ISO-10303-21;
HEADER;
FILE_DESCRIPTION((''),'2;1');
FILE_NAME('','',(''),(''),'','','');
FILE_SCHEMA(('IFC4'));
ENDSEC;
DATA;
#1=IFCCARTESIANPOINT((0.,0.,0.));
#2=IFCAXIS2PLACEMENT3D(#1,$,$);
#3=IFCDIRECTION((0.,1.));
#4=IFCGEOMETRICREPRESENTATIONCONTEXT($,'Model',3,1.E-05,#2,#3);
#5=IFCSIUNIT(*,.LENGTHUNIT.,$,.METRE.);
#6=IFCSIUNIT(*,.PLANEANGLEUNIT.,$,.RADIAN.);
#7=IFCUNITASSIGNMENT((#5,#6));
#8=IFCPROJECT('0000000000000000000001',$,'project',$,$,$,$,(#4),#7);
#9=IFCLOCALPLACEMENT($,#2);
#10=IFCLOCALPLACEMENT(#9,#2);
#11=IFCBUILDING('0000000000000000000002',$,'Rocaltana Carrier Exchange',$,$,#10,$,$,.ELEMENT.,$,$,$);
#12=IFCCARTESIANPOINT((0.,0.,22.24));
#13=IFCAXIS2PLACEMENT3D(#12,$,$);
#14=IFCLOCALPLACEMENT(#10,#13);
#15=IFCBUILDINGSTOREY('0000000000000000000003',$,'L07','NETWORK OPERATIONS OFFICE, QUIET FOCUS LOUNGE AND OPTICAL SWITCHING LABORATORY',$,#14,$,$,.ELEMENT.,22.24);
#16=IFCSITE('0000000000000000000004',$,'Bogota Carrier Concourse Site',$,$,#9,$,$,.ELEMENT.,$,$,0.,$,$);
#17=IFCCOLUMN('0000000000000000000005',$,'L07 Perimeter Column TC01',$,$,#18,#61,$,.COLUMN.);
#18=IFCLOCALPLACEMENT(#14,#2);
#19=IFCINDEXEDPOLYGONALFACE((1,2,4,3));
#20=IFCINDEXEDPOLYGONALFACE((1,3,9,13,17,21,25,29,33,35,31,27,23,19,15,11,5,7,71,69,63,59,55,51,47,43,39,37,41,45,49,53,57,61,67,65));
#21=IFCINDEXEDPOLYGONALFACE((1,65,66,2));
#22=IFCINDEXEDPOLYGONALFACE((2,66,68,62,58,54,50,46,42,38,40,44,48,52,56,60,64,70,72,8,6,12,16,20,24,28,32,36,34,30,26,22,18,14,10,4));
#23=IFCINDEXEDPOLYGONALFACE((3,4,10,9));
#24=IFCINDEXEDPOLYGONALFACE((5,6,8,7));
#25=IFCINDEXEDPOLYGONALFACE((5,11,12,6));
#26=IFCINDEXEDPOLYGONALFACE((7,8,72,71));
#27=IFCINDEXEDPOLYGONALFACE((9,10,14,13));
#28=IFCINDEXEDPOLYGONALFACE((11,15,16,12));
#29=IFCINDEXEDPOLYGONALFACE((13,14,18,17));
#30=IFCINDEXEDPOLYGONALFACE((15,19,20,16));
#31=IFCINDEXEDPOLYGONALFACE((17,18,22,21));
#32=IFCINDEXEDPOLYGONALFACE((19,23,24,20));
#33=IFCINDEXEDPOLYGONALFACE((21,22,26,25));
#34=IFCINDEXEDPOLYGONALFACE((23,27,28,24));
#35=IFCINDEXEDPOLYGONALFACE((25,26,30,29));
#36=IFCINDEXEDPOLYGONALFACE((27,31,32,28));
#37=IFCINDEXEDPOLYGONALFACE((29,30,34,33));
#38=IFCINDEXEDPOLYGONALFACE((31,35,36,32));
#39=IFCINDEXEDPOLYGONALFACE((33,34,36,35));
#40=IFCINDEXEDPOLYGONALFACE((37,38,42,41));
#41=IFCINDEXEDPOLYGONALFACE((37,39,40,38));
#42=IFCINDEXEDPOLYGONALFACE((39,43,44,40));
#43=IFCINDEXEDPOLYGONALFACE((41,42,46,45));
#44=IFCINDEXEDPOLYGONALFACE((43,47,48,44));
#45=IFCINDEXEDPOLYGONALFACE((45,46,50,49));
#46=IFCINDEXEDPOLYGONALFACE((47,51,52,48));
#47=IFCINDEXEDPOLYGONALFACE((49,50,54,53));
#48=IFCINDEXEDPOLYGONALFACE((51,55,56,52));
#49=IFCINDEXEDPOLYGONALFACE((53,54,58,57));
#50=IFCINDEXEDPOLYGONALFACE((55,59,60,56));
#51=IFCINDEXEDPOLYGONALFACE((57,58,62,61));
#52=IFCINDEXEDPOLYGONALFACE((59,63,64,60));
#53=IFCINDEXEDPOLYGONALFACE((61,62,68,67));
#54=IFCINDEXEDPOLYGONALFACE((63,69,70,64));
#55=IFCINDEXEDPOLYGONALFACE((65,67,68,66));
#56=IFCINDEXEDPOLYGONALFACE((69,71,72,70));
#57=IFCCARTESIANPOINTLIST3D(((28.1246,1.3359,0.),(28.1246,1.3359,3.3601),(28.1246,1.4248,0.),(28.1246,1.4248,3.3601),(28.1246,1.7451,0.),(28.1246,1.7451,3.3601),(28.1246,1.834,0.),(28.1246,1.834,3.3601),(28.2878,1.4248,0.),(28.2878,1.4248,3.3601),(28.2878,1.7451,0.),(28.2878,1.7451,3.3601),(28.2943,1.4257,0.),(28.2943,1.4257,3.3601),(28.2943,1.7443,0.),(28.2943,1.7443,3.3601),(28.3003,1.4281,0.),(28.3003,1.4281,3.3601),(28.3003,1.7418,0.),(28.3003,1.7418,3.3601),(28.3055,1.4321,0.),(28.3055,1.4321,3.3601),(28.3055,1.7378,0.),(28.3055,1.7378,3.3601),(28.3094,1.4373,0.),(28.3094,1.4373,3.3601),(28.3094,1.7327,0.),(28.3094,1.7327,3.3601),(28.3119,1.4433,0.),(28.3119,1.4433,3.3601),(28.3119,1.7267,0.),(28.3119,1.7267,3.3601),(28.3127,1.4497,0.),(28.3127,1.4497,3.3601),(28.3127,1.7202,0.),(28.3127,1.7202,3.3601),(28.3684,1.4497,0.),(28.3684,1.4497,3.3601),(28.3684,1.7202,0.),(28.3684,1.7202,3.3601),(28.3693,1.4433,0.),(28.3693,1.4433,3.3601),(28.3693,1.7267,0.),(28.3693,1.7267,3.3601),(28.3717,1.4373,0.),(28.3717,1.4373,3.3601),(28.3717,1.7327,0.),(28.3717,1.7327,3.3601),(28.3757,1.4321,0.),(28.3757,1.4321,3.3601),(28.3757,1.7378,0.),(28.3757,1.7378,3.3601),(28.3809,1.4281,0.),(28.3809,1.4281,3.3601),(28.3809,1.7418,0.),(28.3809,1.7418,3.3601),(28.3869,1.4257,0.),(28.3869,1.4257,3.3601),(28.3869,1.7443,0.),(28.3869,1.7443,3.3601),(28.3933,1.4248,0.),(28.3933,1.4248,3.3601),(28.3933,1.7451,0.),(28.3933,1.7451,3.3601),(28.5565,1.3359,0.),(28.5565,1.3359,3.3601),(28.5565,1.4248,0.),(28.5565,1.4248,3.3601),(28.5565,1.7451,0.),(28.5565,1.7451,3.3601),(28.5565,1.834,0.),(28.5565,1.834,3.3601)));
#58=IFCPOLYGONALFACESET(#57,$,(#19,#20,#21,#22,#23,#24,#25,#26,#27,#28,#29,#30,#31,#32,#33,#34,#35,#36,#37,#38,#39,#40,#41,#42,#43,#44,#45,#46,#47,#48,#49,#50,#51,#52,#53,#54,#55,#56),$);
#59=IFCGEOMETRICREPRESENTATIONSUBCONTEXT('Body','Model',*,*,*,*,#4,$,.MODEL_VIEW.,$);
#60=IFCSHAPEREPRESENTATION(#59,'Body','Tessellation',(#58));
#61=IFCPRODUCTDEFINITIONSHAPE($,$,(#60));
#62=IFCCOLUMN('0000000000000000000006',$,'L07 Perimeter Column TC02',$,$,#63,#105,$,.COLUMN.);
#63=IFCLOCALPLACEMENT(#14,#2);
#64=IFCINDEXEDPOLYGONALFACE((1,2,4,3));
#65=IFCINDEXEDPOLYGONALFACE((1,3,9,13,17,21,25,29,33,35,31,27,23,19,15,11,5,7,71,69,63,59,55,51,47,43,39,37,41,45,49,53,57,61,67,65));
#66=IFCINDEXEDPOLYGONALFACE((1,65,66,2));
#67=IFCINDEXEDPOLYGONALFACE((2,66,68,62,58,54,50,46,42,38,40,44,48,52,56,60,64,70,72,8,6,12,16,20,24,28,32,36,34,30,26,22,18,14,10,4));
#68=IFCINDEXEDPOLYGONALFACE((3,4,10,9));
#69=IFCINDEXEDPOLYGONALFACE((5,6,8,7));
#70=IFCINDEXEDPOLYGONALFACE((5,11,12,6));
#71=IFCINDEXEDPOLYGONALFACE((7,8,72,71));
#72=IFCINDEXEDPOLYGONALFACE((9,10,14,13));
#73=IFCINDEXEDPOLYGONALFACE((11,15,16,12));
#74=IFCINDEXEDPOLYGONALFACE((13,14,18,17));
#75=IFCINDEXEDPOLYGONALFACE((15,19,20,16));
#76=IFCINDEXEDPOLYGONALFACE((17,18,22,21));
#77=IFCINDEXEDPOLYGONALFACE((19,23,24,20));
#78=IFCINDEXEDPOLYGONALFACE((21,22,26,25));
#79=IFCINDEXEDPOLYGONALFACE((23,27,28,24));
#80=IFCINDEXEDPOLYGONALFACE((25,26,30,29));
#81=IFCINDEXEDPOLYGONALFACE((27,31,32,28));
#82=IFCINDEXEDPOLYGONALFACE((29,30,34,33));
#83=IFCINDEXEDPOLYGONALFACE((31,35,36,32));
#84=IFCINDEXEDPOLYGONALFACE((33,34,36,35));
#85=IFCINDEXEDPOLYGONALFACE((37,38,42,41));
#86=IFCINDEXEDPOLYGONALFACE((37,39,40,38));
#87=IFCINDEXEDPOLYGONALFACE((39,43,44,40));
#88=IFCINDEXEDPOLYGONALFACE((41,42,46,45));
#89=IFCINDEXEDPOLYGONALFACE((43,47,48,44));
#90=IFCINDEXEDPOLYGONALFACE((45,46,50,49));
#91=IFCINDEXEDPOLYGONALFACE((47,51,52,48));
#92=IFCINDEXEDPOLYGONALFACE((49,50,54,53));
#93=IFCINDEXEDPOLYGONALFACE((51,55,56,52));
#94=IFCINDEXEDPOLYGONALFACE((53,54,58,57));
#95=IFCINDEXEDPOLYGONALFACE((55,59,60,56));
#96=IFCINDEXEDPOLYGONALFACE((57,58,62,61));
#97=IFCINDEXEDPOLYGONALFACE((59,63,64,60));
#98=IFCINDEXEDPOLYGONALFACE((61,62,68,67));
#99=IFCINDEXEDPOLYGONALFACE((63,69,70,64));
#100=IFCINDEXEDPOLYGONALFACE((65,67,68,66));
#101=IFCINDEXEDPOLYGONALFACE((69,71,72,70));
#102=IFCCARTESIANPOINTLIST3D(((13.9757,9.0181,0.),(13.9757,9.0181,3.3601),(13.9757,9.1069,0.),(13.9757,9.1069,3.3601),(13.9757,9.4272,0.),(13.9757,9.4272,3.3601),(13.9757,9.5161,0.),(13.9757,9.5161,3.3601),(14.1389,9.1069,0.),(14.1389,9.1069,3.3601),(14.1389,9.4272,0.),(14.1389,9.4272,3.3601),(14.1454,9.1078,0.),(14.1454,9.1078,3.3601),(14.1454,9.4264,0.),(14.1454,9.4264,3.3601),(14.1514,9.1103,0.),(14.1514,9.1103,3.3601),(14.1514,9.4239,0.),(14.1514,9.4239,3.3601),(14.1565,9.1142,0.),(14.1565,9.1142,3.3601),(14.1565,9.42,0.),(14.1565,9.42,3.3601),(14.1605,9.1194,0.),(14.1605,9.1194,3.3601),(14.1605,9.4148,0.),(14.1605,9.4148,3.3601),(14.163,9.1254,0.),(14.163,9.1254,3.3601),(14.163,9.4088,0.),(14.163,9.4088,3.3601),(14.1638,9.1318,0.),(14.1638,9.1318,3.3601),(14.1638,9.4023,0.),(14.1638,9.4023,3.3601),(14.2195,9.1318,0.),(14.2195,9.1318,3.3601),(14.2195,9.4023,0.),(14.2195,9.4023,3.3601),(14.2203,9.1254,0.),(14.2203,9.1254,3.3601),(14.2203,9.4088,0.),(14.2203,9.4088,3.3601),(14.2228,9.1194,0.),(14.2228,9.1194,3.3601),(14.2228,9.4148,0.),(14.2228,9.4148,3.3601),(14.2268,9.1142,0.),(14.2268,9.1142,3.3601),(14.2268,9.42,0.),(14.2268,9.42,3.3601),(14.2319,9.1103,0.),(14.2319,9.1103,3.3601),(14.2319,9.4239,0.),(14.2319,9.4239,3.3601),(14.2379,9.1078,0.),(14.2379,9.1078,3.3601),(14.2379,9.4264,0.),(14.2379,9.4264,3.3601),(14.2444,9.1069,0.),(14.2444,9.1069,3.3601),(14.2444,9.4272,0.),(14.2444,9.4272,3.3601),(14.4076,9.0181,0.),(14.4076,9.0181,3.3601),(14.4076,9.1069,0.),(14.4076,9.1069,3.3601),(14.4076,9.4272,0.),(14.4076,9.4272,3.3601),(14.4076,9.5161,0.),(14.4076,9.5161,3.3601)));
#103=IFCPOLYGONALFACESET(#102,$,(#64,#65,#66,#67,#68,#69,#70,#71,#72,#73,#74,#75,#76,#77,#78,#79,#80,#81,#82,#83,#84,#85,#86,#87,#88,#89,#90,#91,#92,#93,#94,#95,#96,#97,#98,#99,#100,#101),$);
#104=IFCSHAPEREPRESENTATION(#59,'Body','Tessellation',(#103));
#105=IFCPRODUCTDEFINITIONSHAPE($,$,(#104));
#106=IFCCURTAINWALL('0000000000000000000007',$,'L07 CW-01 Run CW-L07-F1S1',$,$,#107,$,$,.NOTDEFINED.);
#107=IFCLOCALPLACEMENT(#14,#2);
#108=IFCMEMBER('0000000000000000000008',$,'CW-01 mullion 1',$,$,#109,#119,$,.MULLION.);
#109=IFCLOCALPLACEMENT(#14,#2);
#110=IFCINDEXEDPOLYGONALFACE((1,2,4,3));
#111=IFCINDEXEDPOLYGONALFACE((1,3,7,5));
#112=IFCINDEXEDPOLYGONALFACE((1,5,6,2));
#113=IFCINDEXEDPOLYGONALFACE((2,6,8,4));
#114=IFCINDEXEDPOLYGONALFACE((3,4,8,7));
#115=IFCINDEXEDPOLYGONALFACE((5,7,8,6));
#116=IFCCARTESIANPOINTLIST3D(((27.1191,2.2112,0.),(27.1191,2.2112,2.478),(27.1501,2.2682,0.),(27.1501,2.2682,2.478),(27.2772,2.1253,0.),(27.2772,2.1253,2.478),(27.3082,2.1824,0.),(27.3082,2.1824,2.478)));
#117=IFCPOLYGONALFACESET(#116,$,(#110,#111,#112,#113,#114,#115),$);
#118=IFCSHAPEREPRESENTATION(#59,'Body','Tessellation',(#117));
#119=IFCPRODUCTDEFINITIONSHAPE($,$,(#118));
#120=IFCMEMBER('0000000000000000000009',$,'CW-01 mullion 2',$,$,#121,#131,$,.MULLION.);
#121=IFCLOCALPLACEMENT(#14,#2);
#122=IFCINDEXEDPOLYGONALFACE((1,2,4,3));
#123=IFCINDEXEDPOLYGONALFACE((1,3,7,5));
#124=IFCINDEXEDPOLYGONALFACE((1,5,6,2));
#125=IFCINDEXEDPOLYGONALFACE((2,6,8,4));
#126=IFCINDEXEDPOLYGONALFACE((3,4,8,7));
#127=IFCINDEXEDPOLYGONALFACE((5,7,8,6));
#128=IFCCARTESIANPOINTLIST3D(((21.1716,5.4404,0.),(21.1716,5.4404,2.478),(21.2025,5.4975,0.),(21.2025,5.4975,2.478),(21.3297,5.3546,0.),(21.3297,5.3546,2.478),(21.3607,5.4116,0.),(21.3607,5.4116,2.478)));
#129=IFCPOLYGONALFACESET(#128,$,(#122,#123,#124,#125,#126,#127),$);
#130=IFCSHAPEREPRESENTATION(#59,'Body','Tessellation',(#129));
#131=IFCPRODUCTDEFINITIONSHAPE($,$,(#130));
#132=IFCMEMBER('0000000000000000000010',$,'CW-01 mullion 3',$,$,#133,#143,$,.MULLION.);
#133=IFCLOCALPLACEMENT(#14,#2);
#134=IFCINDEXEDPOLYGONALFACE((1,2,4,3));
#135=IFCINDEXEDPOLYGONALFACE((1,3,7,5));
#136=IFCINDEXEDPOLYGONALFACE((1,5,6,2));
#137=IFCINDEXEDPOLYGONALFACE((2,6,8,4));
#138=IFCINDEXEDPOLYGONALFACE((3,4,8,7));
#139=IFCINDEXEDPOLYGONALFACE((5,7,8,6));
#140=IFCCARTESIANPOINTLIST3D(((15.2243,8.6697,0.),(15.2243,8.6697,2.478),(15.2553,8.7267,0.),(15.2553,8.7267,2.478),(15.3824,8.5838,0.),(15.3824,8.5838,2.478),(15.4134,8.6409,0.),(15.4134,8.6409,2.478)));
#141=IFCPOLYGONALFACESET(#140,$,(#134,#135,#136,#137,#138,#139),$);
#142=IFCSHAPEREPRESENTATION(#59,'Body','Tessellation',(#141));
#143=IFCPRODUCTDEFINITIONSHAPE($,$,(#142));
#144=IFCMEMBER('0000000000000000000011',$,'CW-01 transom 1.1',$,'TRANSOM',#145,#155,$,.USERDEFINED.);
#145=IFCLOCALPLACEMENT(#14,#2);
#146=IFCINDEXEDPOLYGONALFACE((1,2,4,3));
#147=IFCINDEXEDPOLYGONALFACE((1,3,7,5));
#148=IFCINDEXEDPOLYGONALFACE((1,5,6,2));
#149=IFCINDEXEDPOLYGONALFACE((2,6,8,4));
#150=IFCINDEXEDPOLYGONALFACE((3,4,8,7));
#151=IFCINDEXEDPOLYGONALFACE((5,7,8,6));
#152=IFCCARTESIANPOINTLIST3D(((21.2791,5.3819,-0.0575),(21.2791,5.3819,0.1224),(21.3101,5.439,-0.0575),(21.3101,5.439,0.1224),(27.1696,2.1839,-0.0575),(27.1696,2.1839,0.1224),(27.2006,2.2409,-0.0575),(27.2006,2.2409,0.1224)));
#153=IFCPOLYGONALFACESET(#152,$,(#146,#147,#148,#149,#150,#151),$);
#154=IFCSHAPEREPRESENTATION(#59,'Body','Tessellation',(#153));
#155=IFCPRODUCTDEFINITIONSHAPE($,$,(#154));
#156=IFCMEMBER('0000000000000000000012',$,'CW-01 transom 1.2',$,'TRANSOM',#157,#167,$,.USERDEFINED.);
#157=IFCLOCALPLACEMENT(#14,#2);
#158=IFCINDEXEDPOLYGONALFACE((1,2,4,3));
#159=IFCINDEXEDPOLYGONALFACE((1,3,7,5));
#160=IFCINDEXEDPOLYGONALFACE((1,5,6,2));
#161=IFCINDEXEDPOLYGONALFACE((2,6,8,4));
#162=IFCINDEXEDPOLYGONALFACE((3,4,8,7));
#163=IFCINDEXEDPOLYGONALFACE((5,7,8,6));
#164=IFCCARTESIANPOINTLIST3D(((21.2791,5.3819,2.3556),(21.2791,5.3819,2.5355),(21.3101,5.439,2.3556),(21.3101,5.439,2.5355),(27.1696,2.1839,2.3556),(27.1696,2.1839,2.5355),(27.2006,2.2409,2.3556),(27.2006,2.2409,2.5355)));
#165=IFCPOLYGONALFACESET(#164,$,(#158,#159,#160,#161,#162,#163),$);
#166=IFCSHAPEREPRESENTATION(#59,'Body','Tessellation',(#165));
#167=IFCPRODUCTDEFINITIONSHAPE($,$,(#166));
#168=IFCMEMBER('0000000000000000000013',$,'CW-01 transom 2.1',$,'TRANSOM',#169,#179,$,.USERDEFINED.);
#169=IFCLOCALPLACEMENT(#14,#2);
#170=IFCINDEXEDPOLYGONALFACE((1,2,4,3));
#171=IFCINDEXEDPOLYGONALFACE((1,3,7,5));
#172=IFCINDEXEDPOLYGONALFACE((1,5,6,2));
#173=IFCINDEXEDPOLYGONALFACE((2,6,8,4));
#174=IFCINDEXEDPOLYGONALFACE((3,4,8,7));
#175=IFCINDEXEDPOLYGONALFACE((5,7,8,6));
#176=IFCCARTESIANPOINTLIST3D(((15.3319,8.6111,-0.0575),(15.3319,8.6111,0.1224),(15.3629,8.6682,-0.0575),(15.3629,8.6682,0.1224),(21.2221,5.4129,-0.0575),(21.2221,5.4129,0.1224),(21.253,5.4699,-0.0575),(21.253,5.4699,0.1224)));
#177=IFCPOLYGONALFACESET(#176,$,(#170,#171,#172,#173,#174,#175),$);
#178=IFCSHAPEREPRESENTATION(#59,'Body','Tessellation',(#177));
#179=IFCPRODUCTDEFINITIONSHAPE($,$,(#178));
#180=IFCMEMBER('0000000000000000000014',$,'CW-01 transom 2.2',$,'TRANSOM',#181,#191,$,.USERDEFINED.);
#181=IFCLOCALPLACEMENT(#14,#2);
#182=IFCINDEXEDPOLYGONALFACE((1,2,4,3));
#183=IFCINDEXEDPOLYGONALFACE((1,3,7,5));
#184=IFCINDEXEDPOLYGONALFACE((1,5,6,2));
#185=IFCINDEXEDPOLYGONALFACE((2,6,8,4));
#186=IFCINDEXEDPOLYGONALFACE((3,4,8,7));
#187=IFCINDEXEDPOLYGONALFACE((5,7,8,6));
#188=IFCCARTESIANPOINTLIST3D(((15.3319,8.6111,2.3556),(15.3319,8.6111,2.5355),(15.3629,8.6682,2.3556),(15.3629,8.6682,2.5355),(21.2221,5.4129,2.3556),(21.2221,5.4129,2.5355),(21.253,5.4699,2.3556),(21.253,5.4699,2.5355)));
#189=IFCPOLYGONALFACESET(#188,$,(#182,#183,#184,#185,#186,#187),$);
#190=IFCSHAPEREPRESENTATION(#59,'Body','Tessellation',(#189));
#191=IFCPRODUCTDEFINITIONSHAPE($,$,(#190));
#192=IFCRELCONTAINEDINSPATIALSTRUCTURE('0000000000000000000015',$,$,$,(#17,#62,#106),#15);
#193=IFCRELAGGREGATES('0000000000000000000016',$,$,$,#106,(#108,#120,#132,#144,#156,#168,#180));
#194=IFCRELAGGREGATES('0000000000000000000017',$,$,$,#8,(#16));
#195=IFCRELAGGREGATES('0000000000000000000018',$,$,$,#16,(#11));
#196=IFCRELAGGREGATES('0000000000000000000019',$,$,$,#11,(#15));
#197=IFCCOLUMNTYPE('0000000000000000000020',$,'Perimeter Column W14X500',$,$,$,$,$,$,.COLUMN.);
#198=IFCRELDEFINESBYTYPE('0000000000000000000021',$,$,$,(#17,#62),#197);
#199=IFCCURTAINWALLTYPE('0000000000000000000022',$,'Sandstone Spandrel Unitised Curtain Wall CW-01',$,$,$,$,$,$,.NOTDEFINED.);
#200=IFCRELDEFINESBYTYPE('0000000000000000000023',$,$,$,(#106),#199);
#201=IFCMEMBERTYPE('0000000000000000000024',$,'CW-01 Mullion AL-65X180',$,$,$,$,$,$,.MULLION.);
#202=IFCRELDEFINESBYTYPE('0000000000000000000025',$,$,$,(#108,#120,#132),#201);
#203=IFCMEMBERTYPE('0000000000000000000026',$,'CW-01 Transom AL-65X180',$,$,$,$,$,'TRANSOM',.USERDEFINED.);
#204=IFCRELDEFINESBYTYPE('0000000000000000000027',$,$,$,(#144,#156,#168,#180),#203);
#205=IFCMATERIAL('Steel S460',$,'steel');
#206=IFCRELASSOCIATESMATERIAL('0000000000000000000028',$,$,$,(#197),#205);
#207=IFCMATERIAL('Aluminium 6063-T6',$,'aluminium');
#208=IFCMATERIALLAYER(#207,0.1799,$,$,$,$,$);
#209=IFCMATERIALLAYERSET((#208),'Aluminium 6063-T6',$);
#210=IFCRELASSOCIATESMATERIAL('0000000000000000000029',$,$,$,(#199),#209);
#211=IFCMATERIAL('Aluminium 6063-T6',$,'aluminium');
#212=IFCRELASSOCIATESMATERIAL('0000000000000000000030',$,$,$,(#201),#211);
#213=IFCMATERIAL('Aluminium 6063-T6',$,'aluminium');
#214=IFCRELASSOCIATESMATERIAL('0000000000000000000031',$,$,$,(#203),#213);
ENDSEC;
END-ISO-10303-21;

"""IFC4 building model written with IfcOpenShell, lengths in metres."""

from ifc_helpers import new_model, si_unit, direction, frame, origin, origin_2d, place, context, subcontext, project, spatial, rectangle, i_section, extrude, material, layer, layer_set, material_profile, profile_set, type_object, element, aggregate, save


model = new_model("IFC4")

# Units and contexts
model_context = context("Model", 3, precision=1e-05, world=origin(), true_north=direction((0.0, 1.0)))
body_context = subcontext(model_context, "Body", "Model", "MODEL_VIEW")
ifc_project = project(units=[si_unit("LENGTHUNIT", "METRE"), si_unit("PLANEANGLEUNIT", "RADIAN")], contexts=[model_context])

# Site, building, storey
site_placement = place(None, origin())
site = spatial("IfcSite", under=ifc_project, at=site_placement, Name="Bogota Carrier Concourse Site", CompositionType="ELEMENT", RefElevation=0.0)
building_placement = place(site_placement, origin())
building = spatial("IfcBuilding", under=site, at=building_placement, Name="Rocaltana Carrier Exchange", CompositionType="ELEMENT")
storey_placement = place(building_placement, frame((0.0, 0.0, 22.24)))
storey = spatial("IfcBuildingStorey", under=building, at=storey_placement, Name="L07", Description="NETWORK OPERATIONS OFFICE, QUIET FOCUS LOUNGE AND OPTICAL SWITCHING LABORATORY", CompositionType="ELEMENT", Elevation=22.24)

# Columns
ifc_material_1 = material(Name="Steel S460", Category="steel")
ifc_material_profile_1 = material_profile(ifc_material_1, i_section(OverallWidth=0.4319, OverallDepth=0.498, WebThickness=0.0557, FlangeThickness=0.0889, FilletRadius=0.0249, at=origin_2d()), Name="W14X500")
ifc_profile_set_1 = profile_set([ifc_material_profile_1], Name="Steel S460")
column_type = type_object("IfcColumnType", Name="Perimeter Column W14X500", PredefinedType="COLUMN", material=ifc_profile_set_1)
for number, where, z_axis, x_axis, name in (
    (1, (28.3406, 1.585, 0.0), (0.0, 0.0, 1.0), (1.0, 0.0, 0.0), "L07 Perimeter Column TC01"),
    (2, (14.1917, 9.2671, 0.0), (0.0, 0.0, 1.0), (1.0, 0.0, 0.0), "L07 Perimeter Column TC02"),
):
    element("IfcColumn", number, at=place(storey_placement, frame(where, z_axis=z_axis, x_axis=x_axis)), inside=storey, type_object=column_type, Name=name, PredefinedType="COLUMN", context=body_context, shape_type="SweptSolid", body=[
        extrude(i_section(OverallWidth=0.4319, OverallDepth=0.498, WebThickness=0.0557, FlangeThickness=0.0889, FilletRadius=0.0249, at=origin_2d()), origin(), (0.0, 0.0, 1.0), 3.3601),
    ])

# Curtain wall, members
ifc_material_2 = material(Name="Aluminium 6063-T6", Category="aluminium")
ifc_layer_1 = layer(ifc_material_2, 0.1799)
ifc_layer_set_1 = layer_set([ifc_layer_1], Name="Aluminium 6063-T6")
curtain_wall_type = type_object("IfcCurtainWallType", Name="Sandstone Spandrel Unitised Curtain Wall CW-01", PredefinedType="NOTDEFINED", material=ifc_layer_set_1)
curtain_wall_placement = place(storey_placement, origin())
curtain_wall = element("IfcCurtainWall", 3, at=curtain_wall_placement, inside=storey, type_object=curtain_wall_type, Name="L07 CW-01 Run CW-L07-F1S1", PredefinedType="NOTDEFINED")
ifc_material_3 = material(Name="Aluminium 6063-T6", Category="aluminium")
ifc_material_profile_2 = material_profile(ifc_material_3, rectangle(XDim=0.0649, YDim=0.1799, at=origin_2d()), Name="AL-65X180")
ifc_profile_set_2 = profile_set([ifc_material_profile_2], Name="Aluminium 6063-T6")
member_type_1 = type_object("IfcMemberType", Name="CW-01 Mullion AL-65X180", PredefinedType="MULLION", material=ifc_profile_set_2)
member_1_placement = place(storey_placement, frame((27.2136, 2.1968, 0.0), z_axis=(0.0, 0.0, 1.0), x_axis=(-0.477161, -0.878816, 0.0)))
member_1 = element("IfcMember", 4, at=member_1_placement, type_object=member_type_1, Name="CW-01 mullion 1", PredefinedType="MULLION", context=body_context, shape_type="SweptSolid", body=[
    extrude(rectangle(XDim=0.0649, YDim=0.1799, at=origin_2d()), origin(), (0.0, 0.0, 1.0), 2.478),
])
member_2_placement = place(storey_placement, frame((21.2661, 5.426, 0.0), z_axis=(0.0, 0.0, 1.0), x_axis=(-0.477161, -0.878816, 0.0)))
member_2 = element("IfcMember", 5, at=member_2_placement, type_object=member_type_1, Name="CW-01 mullion 2", PredefinedType="MULLION", context=body_context, shape_type="SweptSolid", body=[
    extrude(rectangle(XDim=0.0649, YDim=0.1799, at=origin_2d()), origin(), (0.0, 0.0, 1.0), 2.478),
])
member_3_placement = place(storey_placement, frame((15.3188, 8.6553, 0.0), z_axis=(0.0, 0.0, 1.0), x_axis=(-0.477161, -0.878816, 0.0)))
member_3 = element("IfcMember", 6, at=member_3_placement, type_object=member_type_1, Name="CW-01 mullion 3", PredefinedType="MULLION", context=body_context, shape_type="SweptSolid", body=[
    extrude(rectangle(XDim=0.0649, YDim=0.1799, at=origin_2d()), origin(), (0.0, 0.0, 1.0), 2.478),
])
ifc_material_4 = material(Name="Aluminium 6063-T6", Category="aluminium")
ifc_material_profile_3 = material_profile(ifc_material_4, rectangle(XDim=0.0649, YDim=0.1799, at=origin_2d()), Name="AL-65X180")
ifc_profile_set_3 = profile_set([ifc_material_profile_3], Name="Aluminium 6063-T6")
member_type_2 = type_object("IfcMemberType", Name="CW-01 Transom AL-65X180", ElementType="TRANSOM", PredefinedType="USERDEFINED", material=ifc_profile_set_3)
member_4_placement = place(storey_placement, frame((27.1851, 2.2124, 0.0325), z_axis=(-0.878831, 0.477134, 0.0), x_axis=(-0.477134, -0.878831, 0.0)))
member_4 = element("IfcMember", 7, at=member_4_placement, type_object=member_type_2, Name="CW-01 transom 1.1", ObjectType="TRANSOM", PredefinedType="USERDEFINED", context=body_context, shape_type="SweptSolid", body=[
    extrude(rectangle(XDim=0.0649, YDim=0.1799, at=origin_2d()), origin(), (0.0, 0.0, 1.0), 6.7026),
])
member_5_placement = place(storey_placement, frame((27.1851, 2.2124, 2.4456), z_axis=(-0.878831, 0.477134, 0.0), x_axis=(-0.477134, -0.878831, 0.0)))
member_5 = element("IfcMember", 8, at=member_5_placement, type_object=member_type_2, Name="CW-01 transom 1.2", ObjectType="TRANSOM", PredefinedType="USERDEFINED", context=body_context, shape_type="SweptSolid", body=[
    extrude(rectangle(XDim=0.0649, YDim=0.1799, at=origin_2d()), origin(), (0.0, 0.0, 1.0), 6.7026),
])
member_6_placement = place(storey_placement, frame((21.2375, 5.4414, 0.0325), z_axis=(-0.878807, 0.477177, 0.0), x_axis=(-0.477177, -0.878807, 0.0)))
member_6 = element("IfcMember", 9, at=member_6_placement, type_object=member_type_2, Name="CW-01 transom 2.1", ObjectType="TRANSOM", PredefinedType="USERDEFINED", context=body_context, shape_type="SweptSolid", body=[
    extrude(rectangle(XDim=0.0649, YDim=0.1799, at=origin_2d()), origin(), (0.0, 0.0, 1.0), 6.7024),
])
member_7_placement = place(storey_placement, frame((21.2375, 5.4414, 2.4456), z_axis=(-0.878807, 0.477177, 0.0), x_axis=(-0.477177, -0.878807, 0.0)))
member_7 = element("IfcMember", 10, at=member_7_placement, type_object=member_type_2, Name="CW-01 transom 2.2", ObjectType="TRANSOM", PredefinedType="USERDEFINED", context=body_context, shape_type="SweptSolid", body=[
    extrude(rectangle(XDim=0.0649, YDim=0.1799, at=origin_2d()), origin(), (0.0, 0.0, 1.0), 6.7024),
])

aggregate(curtain_wall, [member_1, member_2, member_3, member_4, member_5, member_6, member_7])

save(model, "model.ifc")
